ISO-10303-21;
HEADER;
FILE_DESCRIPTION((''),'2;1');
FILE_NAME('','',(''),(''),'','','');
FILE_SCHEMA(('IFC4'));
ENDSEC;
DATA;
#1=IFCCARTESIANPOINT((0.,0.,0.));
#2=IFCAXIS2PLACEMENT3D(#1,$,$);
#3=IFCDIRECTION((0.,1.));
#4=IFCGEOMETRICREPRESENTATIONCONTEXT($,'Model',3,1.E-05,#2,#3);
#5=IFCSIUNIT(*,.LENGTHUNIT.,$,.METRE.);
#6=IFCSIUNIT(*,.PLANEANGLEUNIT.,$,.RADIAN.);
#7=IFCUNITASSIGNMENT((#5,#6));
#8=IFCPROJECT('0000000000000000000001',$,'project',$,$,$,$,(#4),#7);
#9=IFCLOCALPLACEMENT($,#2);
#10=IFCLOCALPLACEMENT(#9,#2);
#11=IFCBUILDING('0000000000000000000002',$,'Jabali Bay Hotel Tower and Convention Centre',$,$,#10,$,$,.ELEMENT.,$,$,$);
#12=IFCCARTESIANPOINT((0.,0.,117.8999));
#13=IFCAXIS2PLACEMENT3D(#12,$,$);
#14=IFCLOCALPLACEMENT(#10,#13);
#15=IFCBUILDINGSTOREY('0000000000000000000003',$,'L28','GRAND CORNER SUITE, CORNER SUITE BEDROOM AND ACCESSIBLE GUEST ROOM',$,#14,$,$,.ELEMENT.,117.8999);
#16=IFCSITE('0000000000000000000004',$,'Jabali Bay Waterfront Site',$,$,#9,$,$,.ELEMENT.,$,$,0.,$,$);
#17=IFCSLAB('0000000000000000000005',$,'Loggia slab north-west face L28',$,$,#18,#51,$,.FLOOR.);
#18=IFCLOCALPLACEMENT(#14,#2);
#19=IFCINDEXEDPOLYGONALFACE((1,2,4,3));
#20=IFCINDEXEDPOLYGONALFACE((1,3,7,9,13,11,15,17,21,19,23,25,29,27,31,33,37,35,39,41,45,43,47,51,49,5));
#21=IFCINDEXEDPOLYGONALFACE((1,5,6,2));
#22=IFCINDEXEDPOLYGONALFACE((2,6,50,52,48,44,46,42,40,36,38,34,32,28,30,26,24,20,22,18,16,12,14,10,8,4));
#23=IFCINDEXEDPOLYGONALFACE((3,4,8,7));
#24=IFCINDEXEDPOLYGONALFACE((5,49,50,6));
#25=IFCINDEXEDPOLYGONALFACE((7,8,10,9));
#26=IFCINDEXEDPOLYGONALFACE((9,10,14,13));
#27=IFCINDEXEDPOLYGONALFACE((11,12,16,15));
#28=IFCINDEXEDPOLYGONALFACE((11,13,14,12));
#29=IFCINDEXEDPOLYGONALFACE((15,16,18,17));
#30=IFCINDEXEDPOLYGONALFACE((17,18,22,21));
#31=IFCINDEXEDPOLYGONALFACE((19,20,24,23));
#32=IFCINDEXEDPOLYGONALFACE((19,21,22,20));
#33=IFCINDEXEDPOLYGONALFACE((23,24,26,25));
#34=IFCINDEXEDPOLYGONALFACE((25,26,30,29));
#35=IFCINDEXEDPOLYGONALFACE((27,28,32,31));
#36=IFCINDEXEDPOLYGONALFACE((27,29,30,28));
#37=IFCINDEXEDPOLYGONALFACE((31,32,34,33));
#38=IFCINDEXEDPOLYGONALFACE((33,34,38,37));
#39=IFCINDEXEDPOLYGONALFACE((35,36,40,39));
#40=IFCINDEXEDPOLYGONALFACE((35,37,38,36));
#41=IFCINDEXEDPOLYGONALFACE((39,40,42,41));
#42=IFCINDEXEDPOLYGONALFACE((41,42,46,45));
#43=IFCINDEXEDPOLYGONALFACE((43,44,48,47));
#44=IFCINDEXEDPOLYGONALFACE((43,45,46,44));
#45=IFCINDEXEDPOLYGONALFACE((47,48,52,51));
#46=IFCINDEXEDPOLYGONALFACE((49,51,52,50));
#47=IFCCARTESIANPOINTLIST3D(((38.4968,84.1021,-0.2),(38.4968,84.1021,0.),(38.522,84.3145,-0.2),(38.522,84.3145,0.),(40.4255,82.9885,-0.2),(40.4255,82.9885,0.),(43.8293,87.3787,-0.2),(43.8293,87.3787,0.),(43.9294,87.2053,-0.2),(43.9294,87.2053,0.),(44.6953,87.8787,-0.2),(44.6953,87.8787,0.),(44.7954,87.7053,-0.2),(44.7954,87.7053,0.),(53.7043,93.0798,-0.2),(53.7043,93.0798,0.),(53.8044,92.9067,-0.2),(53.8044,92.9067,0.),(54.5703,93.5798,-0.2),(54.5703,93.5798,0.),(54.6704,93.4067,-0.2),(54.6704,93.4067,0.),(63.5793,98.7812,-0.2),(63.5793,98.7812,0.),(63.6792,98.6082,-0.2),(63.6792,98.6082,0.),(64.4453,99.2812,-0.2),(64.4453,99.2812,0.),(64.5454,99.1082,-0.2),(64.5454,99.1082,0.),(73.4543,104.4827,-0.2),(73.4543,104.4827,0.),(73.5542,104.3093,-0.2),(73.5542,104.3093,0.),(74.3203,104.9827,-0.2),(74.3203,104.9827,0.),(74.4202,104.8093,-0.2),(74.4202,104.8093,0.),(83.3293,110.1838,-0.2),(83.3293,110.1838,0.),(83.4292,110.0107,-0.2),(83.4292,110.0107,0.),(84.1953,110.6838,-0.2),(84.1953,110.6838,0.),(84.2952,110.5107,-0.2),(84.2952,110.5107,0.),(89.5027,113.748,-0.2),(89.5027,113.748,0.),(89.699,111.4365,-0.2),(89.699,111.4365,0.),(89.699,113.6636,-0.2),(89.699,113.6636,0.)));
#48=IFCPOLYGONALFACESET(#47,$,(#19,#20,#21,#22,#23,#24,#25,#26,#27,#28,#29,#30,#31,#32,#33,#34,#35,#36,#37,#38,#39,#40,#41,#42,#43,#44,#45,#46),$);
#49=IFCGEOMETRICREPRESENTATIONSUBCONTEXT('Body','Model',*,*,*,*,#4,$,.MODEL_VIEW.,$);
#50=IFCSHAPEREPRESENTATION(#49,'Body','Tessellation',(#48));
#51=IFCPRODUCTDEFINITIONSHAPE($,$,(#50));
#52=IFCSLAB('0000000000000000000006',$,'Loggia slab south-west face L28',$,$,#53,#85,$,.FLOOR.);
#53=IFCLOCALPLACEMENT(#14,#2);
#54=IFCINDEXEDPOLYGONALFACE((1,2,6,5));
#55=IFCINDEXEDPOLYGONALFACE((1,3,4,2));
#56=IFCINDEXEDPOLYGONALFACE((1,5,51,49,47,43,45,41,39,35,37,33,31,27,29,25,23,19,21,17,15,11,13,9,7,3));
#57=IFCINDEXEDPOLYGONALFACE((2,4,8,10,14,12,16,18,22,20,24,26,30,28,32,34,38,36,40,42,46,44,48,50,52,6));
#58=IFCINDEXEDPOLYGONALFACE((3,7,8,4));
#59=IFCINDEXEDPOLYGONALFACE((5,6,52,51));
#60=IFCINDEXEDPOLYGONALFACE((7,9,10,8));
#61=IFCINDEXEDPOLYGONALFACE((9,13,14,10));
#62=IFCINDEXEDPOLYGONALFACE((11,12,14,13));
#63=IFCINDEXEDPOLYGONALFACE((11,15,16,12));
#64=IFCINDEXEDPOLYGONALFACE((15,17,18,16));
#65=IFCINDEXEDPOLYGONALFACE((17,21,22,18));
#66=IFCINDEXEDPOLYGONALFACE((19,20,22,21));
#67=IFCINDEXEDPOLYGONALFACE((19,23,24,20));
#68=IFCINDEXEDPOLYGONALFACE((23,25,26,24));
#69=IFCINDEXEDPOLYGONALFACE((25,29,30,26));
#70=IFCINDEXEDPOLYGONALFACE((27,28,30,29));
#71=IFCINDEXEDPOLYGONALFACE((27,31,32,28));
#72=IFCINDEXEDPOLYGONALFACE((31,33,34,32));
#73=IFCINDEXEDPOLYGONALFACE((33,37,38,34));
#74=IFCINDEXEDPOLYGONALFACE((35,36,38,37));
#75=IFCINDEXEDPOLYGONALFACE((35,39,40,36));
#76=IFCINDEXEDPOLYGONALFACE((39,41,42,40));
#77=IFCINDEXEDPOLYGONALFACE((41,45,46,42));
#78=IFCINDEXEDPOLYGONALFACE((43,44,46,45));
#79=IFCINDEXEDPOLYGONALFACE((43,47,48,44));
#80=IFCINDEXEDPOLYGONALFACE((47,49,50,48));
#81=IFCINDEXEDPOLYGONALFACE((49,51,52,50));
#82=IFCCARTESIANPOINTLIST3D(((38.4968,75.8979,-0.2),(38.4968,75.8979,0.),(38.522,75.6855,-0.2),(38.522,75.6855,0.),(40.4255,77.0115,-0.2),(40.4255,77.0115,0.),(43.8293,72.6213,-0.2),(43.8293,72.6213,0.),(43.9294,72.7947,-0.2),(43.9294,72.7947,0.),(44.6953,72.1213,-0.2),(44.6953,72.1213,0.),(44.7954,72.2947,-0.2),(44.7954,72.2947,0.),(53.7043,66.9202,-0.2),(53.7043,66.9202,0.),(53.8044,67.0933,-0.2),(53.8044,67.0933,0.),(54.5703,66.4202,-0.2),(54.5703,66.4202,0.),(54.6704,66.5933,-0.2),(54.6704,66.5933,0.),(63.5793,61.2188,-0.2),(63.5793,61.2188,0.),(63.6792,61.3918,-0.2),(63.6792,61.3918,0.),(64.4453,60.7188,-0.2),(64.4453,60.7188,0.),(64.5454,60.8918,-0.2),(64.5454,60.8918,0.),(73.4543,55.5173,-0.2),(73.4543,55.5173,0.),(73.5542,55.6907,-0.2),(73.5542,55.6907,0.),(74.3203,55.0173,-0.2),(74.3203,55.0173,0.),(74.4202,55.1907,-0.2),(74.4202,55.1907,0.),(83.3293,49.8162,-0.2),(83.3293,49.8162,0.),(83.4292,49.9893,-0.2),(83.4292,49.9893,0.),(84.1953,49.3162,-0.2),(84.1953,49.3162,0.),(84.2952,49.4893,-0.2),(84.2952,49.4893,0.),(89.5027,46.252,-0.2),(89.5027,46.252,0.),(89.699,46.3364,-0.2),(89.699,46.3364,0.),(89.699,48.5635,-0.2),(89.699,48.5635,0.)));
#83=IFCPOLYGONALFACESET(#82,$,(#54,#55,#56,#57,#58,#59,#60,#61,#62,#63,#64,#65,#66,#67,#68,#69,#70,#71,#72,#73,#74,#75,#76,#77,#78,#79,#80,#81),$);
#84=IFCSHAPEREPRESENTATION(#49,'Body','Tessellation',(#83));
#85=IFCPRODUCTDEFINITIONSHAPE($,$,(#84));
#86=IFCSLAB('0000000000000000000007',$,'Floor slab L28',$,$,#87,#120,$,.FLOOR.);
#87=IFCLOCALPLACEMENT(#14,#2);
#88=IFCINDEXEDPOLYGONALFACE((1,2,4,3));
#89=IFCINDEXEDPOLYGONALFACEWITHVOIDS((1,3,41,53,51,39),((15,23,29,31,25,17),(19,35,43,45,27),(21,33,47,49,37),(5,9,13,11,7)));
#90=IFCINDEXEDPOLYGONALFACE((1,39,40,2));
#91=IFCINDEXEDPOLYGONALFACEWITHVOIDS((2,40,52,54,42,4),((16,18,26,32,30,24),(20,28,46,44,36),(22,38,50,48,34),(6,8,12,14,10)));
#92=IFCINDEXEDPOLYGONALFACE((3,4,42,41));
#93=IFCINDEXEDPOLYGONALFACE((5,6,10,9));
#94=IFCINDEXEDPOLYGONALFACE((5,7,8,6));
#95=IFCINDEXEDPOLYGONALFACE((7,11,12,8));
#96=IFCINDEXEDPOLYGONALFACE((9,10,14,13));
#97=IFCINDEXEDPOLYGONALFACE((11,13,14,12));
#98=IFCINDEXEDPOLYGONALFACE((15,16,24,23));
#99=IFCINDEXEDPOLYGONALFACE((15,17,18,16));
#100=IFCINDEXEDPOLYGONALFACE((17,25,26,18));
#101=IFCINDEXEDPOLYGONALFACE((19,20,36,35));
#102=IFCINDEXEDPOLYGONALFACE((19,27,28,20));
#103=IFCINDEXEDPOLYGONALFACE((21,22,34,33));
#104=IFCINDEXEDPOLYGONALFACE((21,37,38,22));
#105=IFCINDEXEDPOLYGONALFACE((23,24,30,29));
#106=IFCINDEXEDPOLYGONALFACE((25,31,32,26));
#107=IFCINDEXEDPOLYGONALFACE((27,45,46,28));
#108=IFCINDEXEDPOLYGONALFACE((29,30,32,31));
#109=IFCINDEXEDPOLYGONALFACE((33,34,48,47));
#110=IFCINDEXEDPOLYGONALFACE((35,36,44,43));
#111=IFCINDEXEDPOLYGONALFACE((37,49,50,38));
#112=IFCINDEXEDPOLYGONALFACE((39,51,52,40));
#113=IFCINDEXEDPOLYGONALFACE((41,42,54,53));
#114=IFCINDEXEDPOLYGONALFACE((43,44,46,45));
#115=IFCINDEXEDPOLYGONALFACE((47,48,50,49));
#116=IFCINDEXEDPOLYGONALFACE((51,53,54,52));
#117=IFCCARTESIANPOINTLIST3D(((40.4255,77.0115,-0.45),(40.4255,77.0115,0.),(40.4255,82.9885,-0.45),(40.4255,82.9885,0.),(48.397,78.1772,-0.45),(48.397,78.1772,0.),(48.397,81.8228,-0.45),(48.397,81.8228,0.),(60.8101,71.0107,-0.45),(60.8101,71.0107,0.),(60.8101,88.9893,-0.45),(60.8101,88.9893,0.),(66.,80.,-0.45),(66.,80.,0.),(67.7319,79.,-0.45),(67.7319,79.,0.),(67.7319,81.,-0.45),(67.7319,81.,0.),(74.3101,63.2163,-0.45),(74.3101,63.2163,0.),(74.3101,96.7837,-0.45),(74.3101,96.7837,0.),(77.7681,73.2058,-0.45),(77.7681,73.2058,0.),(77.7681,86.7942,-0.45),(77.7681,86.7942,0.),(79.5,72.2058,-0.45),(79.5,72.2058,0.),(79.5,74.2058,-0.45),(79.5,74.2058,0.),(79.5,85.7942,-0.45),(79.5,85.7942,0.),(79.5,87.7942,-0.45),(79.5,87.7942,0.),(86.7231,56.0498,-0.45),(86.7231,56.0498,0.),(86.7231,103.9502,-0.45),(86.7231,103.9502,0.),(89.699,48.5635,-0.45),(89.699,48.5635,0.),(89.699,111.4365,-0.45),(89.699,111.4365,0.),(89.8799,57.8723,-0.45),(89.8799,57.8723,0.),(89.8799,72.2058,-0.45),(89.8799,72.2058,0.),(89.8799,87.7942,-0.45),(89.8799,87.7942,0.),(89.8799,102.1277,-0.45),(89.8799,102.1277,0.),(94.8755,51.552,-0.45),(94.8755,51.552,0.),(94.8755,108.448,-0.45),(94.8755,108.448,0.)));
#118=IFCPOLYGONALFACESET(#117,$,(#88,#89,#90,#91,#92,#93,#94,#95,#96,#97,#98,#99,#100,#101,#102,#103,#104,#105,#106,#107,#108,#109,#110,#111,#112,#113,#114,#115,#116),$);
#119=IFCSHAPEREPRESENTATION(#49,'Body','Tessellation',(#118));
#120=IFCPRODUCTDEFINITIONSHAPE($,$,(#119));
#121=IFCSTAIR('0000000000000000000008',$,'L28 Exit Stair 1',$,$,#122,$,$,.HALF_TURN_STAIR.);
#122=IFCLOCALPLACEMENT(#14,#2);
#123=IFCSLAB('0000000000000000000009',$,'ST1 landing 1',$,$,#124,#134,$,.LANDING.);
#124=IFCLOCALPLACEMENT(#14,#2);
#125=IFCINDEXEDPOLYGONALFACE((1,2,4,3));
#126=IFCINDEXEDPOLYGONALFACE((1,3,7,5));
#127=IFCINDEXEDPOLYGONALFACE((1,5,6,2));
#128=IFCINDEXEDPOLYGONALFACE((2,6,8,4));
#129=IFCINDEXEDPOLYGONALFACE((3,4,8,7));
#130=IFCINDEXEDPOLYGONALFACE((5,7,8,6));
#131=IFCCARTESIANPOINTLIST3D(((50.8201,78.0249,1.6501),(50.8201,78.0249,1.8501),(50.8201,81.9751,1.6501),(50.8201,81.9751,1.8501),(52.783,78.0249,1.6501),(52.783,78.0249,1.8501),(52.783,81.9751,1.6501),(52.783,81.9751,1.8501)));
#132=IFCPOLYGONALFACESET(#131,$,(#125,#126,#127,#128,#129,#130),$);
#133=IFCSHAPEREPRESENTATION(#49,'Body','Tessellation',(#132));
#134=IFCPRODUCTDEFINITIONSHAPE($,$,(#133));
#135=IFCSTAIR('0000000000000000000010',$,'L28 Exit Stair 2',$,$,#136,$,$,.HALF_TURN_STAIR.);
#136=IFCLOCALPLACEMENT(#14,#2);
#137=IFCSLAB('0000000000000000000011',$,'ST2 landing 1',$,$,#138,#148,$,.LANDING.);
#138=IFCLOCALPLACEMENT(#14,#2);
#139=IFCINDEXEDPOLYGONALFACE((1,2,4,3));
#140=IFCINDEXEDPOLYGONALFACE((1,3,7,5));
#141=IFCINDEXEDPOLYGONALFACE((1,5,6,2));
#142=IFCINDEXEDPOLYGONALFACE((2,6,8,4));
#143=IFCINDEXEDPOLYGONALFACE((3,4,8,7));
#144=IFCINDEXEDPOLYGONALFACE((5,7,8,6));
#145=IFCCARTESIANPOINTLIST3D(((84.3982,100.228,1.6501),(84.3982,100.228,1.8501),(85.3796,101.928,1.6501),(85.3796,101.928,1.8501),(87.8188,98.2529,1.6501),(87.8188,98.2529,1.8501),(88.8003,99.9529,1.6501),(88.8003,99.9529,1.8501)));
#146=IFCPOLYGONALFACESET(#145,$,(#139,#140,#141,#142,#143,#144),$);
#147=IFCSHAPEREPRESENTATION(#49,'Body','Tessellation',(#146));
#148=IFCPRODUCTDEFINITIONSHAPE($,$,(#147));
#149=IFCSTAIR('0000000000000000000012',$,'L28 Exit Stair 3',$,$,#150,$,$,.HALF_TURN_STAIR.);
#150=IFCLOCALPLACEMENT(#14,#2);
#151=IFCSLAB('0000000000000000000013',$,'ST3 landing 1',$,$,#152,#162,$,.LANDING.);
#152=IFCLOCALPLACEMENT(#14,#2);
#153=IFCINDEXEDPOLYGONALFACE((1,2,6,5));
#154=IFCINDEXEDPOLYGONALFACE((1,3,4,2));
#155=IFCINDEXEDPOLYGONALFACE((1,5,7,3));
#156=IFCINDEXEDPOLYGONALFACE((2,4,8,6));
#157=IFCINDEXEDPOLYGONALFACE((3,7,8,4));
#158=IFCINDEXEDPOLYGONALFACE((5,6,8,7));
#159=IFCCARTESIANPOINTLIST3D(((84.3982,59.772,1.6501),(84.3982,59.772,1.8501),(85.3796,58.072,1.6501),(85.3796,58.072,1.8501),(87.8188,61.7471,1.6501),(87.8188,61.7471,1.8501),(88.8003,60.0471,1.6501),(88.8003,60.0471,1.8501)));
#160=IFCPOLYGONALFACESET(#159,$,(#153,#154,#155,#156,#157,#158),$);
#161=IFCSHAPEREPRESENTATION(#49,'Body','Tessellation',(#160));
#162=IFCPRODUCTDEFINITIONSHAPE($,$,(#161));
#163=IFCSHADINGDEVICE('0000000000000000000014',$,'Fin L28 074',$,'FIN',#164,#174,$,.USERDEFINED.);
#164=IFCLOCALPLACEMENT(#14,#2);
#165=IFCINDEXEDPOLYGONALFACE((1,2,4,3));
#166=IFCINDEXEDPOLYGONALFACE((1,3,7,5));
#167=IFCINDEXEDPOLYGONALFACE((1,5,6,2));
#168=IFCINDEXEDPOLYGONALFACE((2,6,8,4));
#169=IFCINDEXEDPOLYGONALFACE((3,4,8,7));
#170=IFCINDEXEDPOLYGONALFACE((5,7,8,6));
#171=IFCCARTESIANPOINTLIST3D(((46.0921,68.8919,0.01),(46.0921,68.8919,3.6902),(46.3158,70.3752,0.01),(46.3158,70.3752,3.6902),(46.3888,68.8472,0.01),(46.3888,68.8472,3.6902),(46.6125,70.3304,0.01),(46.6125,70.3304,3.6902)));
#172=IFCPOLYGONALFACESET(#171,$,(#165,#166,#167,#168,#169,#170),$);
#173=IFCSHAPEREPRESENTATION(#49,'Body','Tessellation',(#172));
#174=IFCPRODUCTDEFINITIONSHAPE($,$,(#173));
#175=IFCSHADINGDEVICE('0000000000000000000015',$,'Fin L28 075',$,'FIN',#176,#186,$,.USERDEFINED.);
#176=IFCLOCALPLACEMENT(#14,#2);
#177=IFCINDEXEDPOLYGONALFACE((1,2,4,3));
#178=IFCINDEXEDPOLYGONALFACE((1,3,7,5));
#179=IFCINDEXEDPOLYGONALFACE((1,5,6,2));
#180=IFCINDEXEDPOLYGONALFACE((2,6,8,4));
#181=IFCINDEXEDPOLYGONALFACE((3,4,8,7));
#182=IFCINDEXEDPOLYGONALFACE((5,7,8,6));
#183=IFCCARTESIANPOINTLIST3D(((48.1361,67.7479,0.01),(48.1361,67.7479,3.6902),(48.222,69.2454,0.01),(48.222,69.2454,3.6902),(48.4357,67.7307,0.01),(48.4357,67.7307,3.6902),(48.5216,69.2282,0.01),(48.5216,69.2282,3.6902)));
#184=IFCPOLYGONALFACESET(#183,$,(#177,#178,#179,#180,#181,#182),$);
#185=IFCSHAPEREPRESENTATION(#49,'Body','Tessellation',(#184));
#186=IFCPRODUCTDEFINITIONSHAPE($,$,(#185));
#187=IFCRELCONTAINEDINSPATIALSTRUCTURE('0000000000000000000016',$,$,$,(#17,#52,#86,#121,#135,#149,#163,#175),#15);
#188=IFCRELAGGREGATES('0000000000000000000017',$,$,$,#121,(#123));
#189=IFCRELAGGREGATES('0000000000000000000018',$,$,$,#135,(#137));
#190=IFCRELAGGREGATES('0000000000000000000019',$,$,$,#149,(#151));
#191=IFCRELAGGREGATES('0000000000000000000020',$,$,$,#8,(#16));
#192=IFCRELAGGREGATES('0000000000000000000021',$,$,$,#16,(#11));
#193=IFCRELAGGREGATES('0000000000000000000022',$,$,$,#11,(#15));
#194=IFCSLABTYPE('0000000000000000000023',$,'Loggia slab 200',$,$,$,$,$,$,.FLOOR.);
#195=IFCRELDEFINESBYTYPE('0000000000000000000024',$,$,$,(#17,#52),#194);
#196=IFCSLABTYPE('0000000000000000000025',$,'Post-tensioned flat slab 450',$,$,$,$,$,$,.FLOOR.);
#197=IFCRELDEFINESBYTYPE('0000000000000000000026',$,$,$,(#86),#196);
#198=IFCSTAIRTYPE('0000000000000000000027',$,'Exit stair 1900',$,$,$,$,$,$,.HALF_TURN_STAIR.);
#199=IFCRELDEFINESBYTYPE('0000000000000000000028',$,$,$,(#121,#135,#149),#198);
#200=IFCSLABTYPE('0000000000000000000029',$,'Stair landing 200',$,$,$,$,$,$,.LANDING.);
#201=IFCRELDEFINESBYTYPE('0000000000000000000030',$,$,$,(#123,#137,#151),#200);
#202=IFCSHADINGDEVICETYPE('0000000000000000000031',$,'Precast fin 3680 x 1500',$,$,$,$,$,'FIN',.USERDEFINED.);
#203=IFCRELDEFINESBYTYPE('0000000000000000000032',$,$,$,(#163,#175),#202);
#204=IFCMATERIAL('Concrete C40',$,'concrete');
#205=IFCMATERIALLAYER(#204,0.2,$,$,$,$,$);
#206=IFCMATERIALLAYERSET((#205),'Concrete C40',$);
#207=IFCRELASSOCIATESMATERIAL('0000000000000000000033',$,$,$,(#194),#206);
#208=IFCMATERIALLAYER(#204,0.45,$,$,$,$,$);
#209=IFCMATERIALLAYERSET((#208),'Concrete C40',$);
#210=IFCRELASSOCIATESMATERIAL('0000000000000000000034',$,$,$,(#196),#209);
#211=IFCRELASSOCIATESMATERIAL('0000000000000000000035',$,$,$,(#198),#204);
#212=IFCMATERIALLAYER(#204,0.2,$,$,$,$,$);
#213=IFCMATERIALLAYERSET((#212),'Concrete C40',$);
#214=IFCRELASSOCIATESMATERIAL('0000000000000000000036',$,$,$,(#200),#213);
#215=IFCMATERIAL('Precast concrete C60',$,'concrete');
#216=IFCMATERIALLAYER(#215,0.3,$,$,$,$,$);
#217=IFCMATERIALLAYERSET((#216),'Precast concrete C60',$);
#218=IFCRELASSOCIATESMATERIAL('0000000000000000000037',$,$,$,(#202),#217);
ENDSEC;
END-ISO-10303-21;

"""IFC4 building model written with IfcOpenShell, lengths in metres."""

from ifc_helpers import new_model, si_unit, direction, frame, frame_2d, origin, place, context, subcontext, project, spatial, polyline, rectangle, outline, extrude, material, layer, layer_set, type_object, element, aggregate, save


model = new_model("IFC4")

# Units and contexts
model_context = context("Model", 3, precision=1e-05, world=origin(), true_north=direction((0.0, 1.0)))
body_context = subcontext(model_context, "Body", "Model", "MODEL_VIEW")
ifc_project = project(units=[si_unit("LENGTHUNIT", "METRE"), si_unit("PLANEANGLEUNIT", "RADIAN")], contexts=[model_context])

# Site, building, storey
site_placement = place(None, origin())
site = spatial("IfcSite", under=ifc_project, at=site_placement, Name="Jabali Bay Waterfront Site", CompositionType="ELEMENT", RefElevation=0.0)
building_placement = place(site_placement, origin())
building = spatial("IfcBuilding", under=site, at=building_placement, Name="Jabali Bay Hotel Tower and Convention Centre", CompositionType="ELEMENT")
storey_placement = place(building_placement, frame((0.0, 0.0, 117.8999)))
storey = spatial("IfcBuildingStorey", under=building, at=storey_placement, Name="L28", Description="GRAND CORNER SUITE, CORNER SUITE BEDROOM AND ACCESSIBLE GUEST ROOM", CompositionType="ELEMENT", Elevation=117.8999)

# Slabs
ifc_material_1 = material(Name="Concrete C40", Category="concrete")
ifc_layer_1 = layer(ifc_material_1, 0.2)
ifc_layer_set_1 = layer_set([ifc_layer_1], Name="Concrete C40")
slab_type_1 = type_object("IfcSlabType", Name="Loggia slab 200", PredefinedType="FLOOR", material=ifc_layer_set_1)
slab_1_placement = place(storey_placement, frame((0.0, 0.0, -0.2)))
element("IfcSlab", 1, at=slab_1_placement, inside=storey, type_object=slab_type_1, Name="Loggia slab north-west face L28", PredefinedType="FLOOR", context=body_context, shape_type="SweptSolid", body=[
    extrude(outline(polyline([(40.4255, 82.9885), (38.4968, 84.1021), (38.522, 84.3145), (43.8293, 87.3787), (43.9294, 87.2053), (44.7954, 87.7053), (44.6953, 87.8787), (53.7043, 93.0798), (53.8044, 92.9067), (54.6704, 93.4067), (54.5703, 93.5798), (63.5793, 98.7812), (63.6792, 98.6082), (64.5454, 99.1082), (64.4453, 99.2812), (73.4543, 104.4827), (73.5542, 104.3093), (74.4202, 104.8093), (74.3203, 104.9827), (83.3293, 110.1838), (83.4292, 110.0107), (84.2952, 110.5107), (84.1953, 110.6838), (89.5027, 113.748), (89.699, 113.6636), (89.699, 111.4365), (40.4255, 82.9885)])), origin(), (0.0, 0.0, 1.0), 0.2),
])
slab_2_placement = place(storey_placement, frame((0.0, 0.0, -0.2)))
element("IfcSlab", 2, at=slab_2_placement, inside=storey, type_object=slab_type_1, Name="Loggia slab south-west face L28", PredefinedType="FLOOR", context=body_context, shape_type="SweptSolid", body=[
    extrude(outline(polyline([(89.699, 48.5635), (89.699, 46.3364), (89.5027, 46.252), (84.1953, 49.3162), (84.2952, 49.4893), (83.4292, 49.9893), (83.3293, 49.8162), (74.3203, 55.0173), (74.4202, 55.1907), (73.5542, 55.6907), (73.4543, 55.5173), (64.4453, 60.7188), (64.5454, 60.8918), (63.6792, 61.3918), (63.5793, 61.2188), (54.5703, 66.4202), (54.6704, 66.5933), (53.8044, 67.0933), (53.7043, 66.9202), (44.6953, 72.1213), (44.7954, 72.2947), (43.9294, 72.7947), (43.8293, 72.6213), (38.522, 75.6855), (38.4968, 75.8979), (40.4255, 77.0115), (89.699, 48.5635)])), origin(), (0.0, 0.0, 1.0), 0.2),
])
ifc_layer_2 = layer(ifc_material_1, 0.45)
ifc_layer_set_2 = layer_set([ifc_layer_2], Name="Concrete C40")
slab_type_2 = type_object("IfcSlabType", Name="Post-tensioned flat slab 450", PredefinedType="FLOOR", material=ifc_layer_set_2)
slab_3_placement = place(storey_placement, frame((0.0, 0.0, -0.45)))
element("IfcSlab", 3, at=slab_3_placement, inside=storey, type_object=slab_type_2, Name="Floor slab L28", PredefinedType="FLOOR", context=body_context, shape_type="SweptSolid", body=[
    extrude(outline(polyline([(89.699, 111.4365), (94.8755, 108.448), (94.8755, 51.552), (89.699, 48.5635), (40.4255, 77.0115), (40.4255, 82.9885), (89.699, 111.4365)]), holes=[polyline([(67.7319, 79.0), (77.7681, 73.2058), (79.5, 74.2058), (79.5, 85.7942), (77.7681, 86.7942), (67.7319, 81.0), (67.7319, 79.0)]), polyline([(48.397, 78.1772), (60.8101, 71.0107), (66.0, 80.0), (60.8101, 88.9893), (48.397, 81.8228), (48.397, 78.1772)]), polyline([(89.8799, 102.1277), (86.7231, 103.9502), (74.3101, 96.7837), (79.5, 87.7942), (89.8799, 87.7942), (89.8799, 102.1277)]), polyline([(74.3101, 63.2163), (86.7231, 56.0498), (89.8799, 57.8723), (89.8799, 72.2058), (79.5, 72.2058), (74.3101, 63.2163)])]), origin(), (0.0, 0.0, 1.0), 0.45),
])

# Stairs, slabs
stair_type = type_object("IfcStairType", Name="Exit stair 1900", PredefinedType="HALF_TURN_STAIR", material=ifc_material_1)
stair_1_placement = place(storey_placement, origin())
stair_1 = element("IfcStair", 4, at=stair_1_placement, inside=storey, type_object=stair_type, Name="L28 Exit Stair 1", PredefinedType="HALF_TURN_STAIR")
ifc_layer_3 = layer(ifc_material_1, 0.2)
ifc_layer_set_3 = layer_set([ifc_layer_3], Name="Concrete C40")
slab_type_3 = type_object("IfcSlabType", Name="Stair landing 200", PredefinedType="LANDING", material=ifc_layer_set_3)
slab_4_placement = place(storey_placement, frame((0.0, 0.0, 1.6501)))
slab_4 = element("IfcSlab", 5, at=slab_4_placement, type_object=slab_type_3, Name="ST1 landing 1", PredefinedType="LANDING", context=body_context, shape_type="SweptSolid", body=[
    extrude(outline(polyline([(52.783, 81.9751), (50.8201, 81.9751), (50.8201, 78.0249), (52.783, 78.0249), (52.783, 81.9751)])), origin(), (0.0, 0.0, 1.0), 0.2),
])
aggregate(stair_1, [slab_4])
stair_2_placement = place(storey_placement, origin())
stair_2 = element("IfcStair", 6, at=stair_2_placement, inside=storey, type_object=stair_type, Name="L28 Exit Stair 2", PredefinedType="HALF_TURN_STAIR")
slab_5_placement = place(storey_placement, frame((0.0, 0.0, 1.6501)))
slab_5 = element("IfcSlab", 7, at=slab_5_placement, type_object=slab_type_3, Name="ST2 landing 1", PredefinedType="LANDING", context=body_context, shape_type="SweptSolid", body=[
    extrude(outline(polyline([(87.8188, 98.2529), (88.8003, 99.9529), (85.3796, 101.928), (84.3982, 100.228), (87.8188, 98.2529)])), origin(), (0.0, 0.0, 1.0), 0.2),
])
aggregate(stair_2, [slab_5])
stair_3_placement = place(storey_placement, origin())
stair_3 = element("IfcStair", 8, at=stair_3_placement, inside=storey, type_object=stair_type, Name="L28 Exit Stair 3", PredefinedType="HALF_TURN_STAIR")
slab_6_placement = place(storey_placement, frame((0.0, 0.0, 1.6501)))
slab_6 = element("IfcSlab", 9, at=slab_6_placement, type_object=slab_type_3, Name="ST3 landing 1", PredefinedType="LANDING", context=body_context, shape_type="SweptSolid", body=[
    extrude(outline(polyline([(84.3982, 59.772), (85.3796, 58.072), (88.8003, 60.0471), (87.8188, 61.7471), (84.3982, 59.772)])), origin(), (0.0, 0.0, 1.0), 0.2),
])
aggregate(stair_3, [slab_6])

# Shading devices
ifc_material_2 = material(Name="Precast concrete C60", Category="concrete")
ifc_layer_4 = layer(ifc_material_2, 0.3)
ifc_layer_set_4 = layer_set([ifc_layer_4], Name="Precast concrete C60")
shading_device_type = type_object("IfcShadingDeviceType", Name="Precast fin 3680 x 1500", ElementType="FIN", PredefinedType="USERDEFINED", material=ifc_layer_set_4)
for number, where, z_axis, x_axis, name in (
    (10, (46.4641, 70.3528, 0.01), (0.0, 0.0, 1.0), (-0.149097, -0.988823, 0.0), "Fin L28 074"),
    (11, (48.3718, 69.2368, 0.01), (0.0, 0.0, 1.0), (-0.057291, -0.998358, 0.0), "Fin L28 075"),
):
    element("IfcShadingDevice", number, at=place(storey_placement, frame(where, z_axis=z_axis, x_axis=x_axis)), inside=storey, type_object=shading_device_type, Name=name, ObjectType="FIN", PredefinedType="USERDEFINED", context=body_context, shape_type="SweptSolid", body=[
        extrude(rectangle(XDim=1.5, YDim=0.3, at=frame_2d((0.75, 0.0))), origin(), (0.0, 0.0, 1.0), 3.6802),
    ])

save(model, "model.ifc")
